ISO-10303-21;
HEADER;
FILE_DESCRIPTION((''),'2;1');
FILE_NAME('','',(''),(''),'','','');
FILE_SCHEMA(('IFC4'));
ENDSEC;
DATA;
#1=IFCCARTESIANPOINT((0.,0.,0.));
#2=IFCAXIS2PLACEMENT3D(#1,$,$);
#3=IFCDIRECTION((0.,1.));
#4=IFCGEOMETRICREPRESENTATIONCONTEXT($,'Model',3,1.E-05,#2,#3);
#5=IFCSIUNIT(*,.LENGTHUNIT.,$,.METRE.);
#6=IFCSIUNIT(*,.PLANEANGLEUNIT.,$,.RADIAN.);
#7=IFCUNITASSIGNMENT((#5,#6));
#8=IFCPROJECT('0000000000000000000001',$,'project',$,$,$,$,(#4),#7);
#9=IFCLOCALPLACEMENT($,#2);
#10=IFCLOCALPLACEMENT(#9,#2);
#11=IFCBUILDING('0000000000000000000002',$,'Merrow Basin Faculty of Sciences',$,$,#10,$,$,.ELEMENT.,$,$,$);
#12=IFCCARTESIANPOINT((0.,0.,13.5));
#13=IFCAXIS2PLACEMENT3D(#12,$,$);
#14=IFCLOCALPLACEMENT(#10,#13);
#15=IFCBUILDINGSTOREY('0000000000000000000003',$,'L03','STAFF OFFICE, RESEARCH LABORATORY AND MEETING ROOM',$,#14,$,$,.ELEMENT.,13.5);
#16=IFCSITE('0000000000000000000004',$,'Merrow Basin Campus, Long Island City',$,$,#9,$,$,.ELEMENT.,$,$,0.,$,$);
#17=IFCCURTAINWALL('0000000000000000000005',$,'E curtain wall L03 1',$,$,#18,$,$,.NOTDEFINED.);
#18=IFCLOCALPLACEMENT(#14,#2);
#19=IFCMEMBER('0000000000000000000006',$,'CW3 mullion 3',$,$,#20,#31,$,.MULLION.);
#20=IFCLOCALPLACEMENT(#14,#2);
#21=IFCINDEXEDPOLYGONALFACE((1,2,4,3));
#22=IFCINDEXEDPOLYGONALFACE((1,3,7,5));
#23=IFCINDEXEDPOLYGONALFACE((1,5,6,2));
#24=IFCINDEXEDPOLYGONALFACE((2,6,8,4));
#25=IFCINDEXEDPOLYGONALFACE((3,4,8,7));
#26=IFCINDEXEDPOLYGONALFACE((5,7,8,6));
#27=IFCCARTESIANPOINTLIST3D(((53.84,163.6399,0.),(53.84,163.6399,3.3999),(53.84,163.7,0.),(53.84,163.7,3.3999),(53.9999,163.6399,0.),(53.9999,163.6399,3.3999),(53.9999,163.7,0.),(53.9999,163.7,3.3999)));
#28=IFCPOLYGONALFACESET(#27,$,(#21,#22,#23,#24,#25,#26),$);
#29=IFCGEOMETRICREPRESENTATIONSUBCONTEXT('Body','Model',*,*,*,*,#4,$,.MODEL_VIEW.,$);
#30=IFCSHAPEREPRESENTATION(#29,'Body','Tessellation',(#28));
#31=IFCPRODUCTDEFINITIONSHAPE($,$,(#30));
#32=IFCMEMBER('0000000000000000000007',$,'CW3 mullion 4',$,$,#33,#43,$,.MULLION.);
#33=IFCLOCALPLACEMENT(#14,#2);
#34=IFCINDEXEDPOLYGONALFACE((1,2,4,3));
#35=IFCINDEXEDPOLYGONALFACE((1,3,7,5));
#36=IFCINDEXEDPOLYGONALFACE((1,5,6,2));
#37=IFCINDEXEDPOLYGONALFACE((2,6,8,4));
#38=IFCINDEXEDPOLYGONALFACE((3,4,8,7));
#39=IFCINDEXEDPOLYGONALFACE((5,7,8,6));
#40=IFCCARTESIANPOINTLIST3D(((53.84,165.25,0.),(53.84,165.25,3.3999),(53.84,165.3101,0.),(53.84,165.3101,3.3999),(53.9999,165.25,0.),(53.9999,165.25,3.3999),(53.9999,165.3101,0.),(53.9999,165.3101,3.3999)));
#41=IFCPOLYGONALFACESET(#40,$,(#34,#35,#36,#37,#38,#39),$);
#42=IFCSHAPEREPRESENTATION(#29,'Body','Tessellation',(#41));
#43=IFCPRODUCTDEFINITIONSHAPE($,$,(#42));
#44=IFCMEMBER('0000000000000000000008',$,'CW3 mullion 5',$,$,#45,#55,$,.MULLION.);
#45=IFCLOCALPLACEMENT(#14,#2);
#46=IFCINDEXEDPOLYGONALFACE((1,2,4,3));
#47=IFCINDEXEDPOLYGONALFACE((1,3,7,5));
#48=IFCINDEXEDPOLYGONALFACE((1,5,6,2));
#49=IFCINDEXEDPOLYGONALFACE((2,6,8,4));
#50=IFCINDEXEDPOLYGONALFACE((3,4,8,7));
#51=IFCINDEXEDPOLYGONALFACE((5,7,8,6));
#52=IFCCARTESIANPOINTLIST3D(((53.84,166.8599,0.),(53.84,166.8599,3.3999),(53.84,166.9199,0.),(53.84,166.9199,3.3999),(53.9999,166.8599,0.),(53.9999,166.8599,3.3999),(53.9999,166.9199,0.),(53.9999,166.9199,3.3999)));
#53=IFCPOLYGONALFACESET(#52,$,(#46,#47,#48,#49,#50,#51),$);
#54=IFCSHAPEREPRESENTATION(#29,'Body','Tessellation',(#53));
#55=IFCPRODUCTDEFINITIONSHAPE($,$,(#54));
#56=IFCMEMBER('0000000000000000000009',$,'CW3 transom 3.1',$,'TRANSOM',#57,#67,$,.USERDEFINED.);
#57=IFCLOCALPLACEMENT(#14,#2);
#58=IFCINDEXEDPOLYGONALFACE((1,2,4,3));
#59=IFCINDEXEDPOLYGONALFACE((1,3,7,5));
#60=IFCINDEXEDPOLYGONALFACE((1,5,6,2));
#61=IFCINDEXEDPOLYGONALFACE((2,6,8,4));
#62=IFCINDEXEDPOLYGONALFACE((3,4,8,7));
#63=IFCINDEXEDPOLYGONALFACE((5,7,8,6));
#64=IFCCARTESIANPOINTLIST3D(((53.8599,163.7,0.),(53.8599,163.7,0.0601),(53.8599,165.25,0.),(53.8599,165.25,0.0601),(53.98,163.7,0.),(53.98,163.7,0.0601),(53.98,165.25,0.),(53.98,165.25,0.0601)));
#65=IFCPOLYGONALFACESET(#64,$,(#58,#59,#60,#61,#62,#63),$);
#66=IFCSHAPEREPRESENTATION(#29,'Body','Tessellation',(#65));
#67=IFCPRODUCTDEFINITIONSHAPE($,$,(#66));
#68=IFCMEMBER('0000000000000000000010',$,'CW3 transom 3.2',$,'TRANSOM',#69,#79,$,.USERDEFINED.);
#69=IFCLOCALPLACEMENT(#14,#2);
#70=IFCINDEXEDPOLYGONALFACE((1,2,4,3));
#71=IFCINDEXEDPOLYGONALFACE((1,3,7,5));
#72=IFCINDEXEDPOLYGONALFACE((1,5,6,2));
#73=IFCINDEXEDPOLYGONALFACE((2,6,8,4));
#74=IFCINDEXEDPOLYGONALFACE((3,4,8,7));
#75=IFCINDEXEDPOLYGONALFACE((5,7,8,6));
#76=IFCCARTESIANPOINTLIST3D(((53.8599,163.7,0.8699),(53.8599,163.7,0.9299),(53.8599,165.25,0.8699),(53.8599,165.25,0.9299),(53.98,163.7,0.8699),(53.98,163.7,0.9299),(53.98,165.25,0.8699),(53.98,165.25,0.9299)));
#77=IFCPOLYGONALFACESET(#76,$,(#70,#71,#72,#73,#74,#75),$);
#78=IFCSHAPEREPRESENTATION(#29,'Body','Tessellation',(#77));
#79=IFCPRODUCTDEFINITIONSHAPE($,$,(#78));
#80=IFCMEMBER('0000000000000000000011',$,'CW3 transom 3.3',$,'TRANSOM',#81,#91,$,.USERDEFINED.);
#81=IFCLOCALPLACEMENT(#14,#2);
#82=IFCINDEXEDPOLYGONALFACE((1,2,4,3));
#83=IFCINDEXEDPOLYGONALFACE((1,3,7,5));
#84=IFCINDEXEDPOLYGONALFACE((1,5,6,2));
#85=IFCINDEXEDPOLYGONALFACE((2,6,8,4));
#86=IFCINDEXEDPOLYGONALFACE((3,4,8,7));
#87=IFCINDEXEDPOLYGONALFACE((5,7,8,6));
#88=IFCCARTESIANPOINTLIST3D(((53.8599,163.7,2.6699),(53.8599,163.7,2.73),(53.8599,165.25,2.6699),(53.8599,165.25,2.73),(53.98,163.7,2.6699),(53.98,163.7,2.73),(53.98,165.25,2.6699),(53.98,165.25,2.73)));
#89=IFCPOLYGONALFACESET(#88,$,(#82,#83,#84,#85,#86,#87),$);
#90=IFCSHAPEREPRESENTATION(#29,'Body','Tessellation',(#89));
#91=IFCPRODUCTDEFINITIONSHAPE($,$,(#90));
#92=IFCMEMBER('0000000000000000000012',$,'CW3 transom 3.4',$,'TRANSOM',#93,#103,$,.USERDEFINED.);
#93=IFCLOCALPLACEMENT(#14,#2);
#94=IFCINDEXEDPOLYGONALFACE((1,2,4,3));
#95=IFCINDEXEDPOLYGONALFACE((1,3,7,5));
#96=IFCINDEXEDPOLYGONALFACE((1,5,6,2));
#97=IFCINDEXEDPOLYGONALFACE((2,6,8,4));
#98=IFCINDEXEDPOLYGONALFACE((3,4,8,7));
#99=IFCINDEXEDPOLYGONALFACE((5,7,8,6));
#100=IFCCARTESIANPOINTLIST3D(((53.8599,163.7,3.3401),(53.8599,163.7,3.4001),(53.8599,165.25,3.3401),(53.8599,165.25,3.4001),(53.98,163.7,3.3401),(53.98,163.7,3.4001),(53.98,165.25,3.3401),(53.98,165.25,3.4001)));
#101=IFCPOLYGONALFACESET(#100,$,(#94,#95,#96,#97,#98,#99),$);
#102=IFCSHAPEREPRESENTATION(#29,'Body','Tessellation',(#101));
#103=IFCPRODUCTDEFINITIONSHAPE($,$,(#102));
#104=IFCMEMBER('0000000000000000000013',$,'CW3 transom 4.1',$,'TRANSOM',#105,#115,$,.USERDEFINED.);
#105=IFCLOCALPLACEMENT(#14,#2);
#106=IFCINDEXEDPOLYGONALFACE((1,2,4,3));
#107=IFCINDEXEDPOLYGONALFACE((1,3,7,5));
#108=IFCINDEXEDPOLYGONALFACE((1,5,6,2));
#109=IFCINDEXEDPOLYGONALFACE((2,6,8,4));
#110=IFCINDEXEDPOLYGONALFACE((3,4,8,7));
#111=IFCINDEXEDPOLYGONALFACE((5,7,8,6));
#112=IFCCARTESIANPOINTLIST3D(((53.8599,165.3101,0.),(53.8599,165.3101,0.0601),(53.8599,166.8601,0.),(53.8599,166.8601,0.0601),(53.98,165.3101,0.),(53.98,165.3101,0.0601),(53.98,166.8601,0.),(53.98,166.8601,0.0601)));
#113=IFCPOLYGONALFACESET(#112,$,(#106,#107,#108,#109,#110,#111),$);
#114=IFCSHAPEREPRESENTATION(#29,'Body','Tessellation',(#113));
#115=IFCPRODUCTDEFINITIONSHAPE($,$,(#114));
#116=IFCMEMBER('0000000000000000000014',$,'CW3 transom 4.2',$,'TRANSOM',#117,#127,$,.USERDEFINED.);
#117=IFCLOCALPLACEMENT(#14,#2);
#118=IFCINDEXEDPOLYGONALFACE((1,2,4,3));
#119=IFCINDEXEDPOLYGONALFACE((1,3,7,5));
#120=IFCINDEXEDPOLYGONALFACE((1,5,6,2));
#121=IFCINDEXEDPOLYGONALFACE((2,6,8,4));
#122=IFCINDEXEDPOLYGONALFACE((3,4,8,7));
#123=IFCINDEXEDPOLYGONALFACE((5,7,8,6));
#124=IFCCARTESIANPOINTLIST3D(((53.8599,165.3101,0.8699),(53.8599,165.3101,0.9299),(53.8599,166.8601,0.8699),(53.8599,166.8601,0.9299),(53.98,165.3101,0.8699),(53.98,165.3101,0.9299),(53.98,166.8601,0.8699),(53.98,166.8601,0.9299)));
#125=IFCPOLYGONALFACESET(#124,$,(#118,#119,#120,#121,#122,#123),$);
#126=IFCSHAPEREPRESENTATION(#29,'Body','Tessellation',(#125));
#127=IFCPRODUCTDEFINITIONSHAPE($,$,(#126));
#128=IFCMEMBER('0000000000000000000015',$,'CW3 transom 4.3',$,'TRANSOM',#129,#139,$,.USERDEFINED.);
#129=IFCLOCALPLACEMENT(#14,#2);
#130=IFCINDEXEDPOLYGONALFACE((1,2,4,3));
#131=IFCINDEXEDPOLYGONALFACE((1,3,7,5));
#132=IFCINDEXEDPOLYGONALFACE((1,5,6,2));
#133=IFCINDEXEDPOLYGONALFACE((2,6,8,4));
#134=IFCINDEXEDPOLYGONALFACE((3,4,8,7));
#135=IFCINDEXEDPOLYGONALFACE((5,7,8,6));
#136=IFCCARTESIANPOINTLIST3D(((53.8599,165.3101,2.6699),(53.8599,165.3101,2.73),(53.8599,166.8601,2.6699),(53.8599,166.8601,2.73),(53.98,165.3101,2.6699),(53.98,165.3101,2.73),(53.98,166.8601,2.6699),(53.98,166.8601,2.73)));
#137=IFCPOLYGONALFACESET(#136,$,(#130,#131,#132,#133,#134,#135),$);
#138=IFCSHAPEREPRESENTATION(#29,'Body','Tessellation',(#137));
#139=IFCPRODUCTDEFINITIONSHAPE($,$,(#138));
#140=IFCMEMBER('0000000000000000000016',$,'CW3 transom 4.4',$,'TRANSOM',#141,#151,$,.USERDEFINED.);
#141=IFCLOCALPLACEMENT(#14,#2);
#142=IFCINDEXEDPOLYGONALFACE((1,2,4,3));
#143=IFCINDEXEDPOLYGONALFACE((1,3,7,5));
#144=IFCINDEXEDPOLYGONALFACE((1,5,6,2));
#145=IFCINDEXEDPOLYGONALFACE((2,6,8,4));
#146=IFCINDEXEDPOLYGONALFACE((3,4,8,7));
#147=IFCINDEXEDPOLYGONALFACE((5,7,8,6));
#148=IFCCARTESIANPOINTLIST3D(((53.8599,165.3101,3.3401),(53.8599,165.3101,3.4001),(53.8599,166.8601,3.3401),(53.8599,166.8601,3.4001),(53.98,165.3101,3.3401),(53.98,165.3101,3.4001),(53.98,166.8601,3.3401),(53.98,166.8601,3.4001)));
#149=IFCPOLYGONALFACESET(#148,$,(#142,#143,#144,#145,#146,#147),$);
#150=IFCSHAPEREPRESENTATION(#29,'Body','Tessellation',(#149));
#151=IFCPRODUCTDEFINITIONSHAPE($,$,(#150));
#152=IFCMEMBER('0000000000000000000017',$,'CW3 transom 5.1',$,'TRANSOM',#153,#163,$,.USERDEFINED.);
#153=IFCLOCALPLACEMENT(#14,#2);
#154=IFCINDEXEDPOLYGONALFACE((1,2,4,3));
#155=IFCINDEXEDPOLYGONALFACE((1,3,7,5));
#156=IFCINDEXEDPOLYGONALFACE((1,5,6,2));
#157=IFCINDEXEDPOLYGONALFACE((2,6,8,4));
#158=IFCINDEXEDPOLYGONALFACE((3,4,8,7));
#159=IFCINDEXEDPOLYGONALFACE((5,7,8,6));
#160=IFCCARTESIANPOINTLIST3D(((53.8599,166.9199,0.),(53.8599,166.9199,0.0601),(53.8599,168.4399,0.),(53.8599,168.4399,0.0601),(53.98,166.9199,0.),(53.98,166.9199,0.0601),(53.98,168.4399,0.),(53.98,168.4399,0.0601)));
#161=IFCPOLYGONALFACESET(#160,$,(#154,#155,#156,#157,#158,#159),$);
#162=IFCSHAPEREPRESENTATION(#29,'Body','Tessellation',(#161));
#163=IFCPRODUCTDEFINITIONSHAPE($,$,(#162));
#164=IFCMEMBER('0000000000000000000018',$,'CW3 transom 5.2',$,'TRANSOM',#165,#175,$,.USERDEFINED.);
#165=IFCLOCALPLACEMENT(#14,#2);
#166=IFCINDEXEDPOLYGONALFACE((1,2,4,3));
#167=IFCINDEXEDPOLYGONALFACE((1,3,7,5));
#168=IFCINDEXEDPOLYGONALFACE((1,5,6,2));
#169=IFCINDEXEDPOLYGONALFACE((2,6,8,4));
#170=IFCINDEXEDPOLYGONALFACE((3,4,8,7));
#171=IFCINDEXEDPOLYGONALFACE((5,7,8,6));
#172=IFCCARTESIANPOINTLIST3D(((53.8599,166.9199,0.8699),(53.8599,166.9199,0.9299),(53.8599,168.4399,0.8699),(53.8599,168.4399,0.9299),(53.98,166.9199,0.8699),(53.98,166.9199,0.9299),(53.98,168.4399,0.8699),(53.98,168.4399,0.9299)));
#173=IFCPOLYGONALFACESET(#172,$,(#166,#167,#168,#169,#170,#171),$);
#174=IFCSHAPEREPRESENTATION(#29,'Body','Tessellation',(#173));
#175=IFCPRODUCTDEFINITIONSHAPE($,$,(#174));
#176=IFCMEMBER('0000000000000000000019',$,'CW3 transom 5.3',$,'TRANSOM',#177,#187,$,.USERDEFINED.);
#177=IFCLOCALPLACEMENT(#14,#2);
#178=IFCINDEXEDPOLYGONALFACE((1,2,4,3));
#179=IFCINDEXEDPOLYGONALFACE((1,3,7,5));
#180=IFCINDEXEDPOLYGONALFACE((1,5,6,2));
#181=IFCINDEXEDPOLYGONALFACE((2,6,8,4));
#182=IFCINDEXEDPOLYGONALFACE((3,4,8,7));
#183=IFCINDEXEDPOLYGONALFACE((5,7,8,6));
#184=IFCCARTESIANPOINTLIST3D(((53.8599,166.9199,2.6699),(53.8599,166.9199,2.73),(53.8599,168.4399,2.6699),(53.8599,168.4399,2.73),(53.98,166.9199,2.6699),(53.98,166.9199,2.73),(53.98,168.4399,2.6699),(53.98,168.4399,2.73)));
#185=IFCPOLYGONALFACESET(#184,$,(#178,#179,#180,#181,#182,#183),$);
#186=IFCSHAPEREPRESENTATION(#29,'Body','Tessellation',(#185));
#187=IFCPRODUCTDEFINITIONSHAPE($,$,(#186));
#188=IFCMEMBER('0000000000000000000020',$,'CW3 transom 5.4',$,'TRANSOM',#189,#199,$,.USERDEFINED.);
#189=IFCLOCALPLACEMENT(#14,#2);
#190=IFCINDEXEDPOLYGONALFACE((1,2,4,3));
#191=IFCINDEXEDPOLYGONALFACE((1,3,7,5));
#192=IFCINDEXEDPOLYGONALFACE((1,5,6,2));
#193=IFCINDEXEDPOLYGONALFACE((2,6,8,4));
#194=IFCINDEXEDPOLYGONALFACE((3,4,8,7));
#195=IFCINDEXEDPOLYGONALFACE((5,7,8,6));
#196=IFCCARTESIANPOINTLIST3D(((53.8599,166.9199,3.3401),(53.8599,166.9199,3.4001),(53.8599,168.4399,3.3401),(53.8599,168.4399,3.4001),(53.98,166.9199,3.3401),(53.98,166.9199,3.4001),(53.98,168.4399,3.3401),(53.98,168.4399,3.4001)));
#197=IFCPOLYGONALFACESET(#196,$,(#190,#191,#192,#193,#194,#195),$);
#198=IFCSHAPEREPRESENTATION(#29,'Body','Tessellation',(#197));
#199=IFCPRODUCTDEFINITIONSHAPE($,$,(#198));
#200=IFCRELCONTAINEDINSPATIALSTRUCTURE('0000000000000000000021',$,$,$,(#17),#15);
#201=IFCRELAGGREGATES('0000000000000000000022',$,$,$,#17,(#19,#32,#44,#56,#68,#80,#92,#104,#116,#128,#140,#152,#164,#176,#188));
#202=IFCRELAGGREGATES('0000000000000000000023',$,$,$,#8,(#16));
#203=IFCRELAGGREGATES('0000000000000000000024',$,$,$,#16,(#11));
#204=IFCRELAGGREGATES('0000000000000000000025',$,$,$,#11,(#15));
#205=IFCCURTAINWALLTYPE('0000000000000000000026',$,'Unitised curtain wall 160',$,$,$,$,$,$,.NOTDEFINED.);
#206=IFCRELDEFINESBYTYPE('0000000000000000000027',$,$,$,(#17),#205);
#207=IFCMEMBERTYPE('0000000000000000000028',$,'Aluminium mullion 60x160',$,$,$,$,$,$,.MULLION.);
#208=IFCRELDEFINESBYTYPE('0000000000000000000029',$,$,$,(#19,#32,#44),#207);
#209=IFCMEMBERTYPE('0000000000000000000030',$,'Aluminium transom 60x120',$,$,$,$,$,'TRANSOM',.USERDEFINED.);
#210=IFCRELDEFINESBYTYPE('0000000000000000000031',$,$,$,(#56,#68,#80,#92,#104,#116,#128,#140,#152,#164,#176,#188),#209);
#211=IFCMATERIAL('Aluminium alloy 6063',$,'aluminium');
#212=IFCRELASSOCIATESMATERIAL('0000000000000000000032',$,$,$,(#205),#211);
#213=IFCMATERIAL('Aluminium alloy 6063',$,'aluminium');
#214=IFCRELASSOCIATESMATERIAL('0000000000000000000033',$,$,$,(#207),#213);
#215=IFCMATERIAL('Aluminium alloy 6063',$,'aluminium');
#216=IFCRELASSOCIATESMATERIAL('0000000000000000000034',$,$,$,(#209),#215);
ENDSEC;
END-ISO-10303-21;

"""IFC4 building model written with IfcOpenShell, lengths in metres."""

from ifc_helpers import new_model, si_unit, direction, frame, origin, origin_2d, place, context, subcontext, project, spatial, rectangle, extrude, material, material_profile, profile_set, type_object, element, aggregate, save


model = new_model("IFC4")

# Units and contexts
model_context = context("Model", 3, precision=1e-05, world=origin(), true_north=direction((0.0, 1.0)))
body_context = subcontext(model_context, "Body", "Model", "MODEL_VIEW")
ifc_project = project(units=[si_unit("LENGTHUNIT", "METRE"), si_unit("PLANEANGLEUNIT", "RADIAN")], contexts=[model_context])

# Site, building, storey
site_placement = place(None, origin())
site = spatial("IfcSite", under=ifc_project, at=site_placement, Name="Merrow Basin Campus, Long Island City", CompositionType="ELEMENT", RefElevation=0.0)
building_placement = place(site_placement, origin())
building = spatial("IfcBuilding", under=site, at=building_placement, Name="Merrow Basin Faculty of Sciences", CompositionType="ELEMENT")
storey_placement = place(building_placement, frame((0.0, 0.0, 13.5)))
storey = spatial("IfcBuildingStorey", under=building, at=storey_placement, Name="L03", Description="STAFF OFFICE, RESEARCH LABORATORY AND MEETING ROOM", CompositionType="ELEMENT", Elevation=13.5)

# Curtain wall, members
ifc_material_1 = material(Name="Aluminium alloy 6063", Category="aluminium")
curtain_wall_type = type_object("IfcCurtainWallType", Name="Unitised curtain wall 160", PredefinedType="NOTDEFINED", material=ifc_material_1)
curtain_wall_placement = place(storey_placement, origin())
curtain_wall = element("IfcCurtainWall", 1, at=curtain_wall_placement, inside=storey, type_object=curtain_wall_type, Name="E curtain wall L03 1", PredefinedType="NOTDEFINED")
ifc_material_2 = material(Name="Aluminium alloy 6063", Category="aluminium")
ifc_material_profile_1 = material_profile(ifc_material_2, rectangle(XDim=0.1599, YDim=0.0601, at=origin_2d()))
ifc_profile_set_1 = profile_set([ifc_material_profile_1], Name="Aluminium alloy 6063")
member_type_1 = type_object("IfcMemberType", Name="Aluminium mullion 60x160", PredefinedType="MULLION", material=ifc_profile_set_1)
member_1_placement = place(storey_placement, frame((53.9199, 163.6699, 0.0), z_axis=(0.0, 0.0, 1.0), x_axis=(-1.0, 0.0, 0.0)))
member_1 = element("IfcMember", 2, at=member_1_placement, type_object=member_type_1, Name="CW3 mullion 3", PredefinedType="MULLION", context=body_context, shape_type="SweptSolid", body=[
    extrude(rectangle(XDim=0.1599, YDim=0.0601, at=origin_2d()), origin(), (0.0, 0.0, 1.0), 3.3999),
])
member_2_placement = place(storey_placement, frame((53.9199, 165.28, 0.0), z_axis=(0.0, 0.0, 1.0), x_axis=(-1.0, 0.0, 0.0)))
member_2 = element("IfcMember", 3, at=member_2_placement, type_object=member_type_1, Name="CW3 mullion 4", PredefinedType="MULLION", context=body_context, shape_type="SweptSolid", body=[
    extrude(rectangle(XDim=0.1599, YDim=0.0601, at=origin_2d()), origin(), (0.0, 0.0, 1.0), 3.3999),
])
member_3_placement = place(storey_placement, frame((53.9199, 166.8899, 0.0), z_axis=(0.0, 0.0, 1.0), x_axis=(-1.0, 0.0, 0.0)))
member_3 = element("IfcMember", 4, at=member_3_placement, type_object=member_type_1, Name="CW3 mullion 5", PredefinedType="MULLION", context=body_context, shape_type="SweptSolid", body=[
    extrude(rectangle(XDim=0.1599, YDim=0.0601, at=origin_2d()), origin(), (0.0, 0.0, 1.0), 3.3999),
])
ifc_material_3 = material(Name="Aluminium alloy 6063", Category="aluminium")
ifc_material_profile_2 = material_profile(ifc_material_3, rectangle(XDim=0.1201, YDim=0.0601, at=origin_2d()))
ifc_profile_set_2 = profile_set([ifc_material_profile_2], Name="Aluminium alloy 6063")
member_type_2 = type_object("IfcMemberType", Name="Aluminium transom 60x120", ElementType="TRANSOM", PredefinedType="USERDEFINED", material=ifc_profile_set_2)
member_4_placement = place(storey_placement, frame((53.9199, 163.7, 0.03), z_axis=(0.0, 1.0, 0.0), x_axis=(-1.0, 0.0, 0.0)))
member_4 = element("IfcMember", 5, at=member_4_placement, type_object=member_type_2, Name="CW3 transom 3.1", ObjectType="TRANSOM", PredefinedType="USERDEFINED", context=body_context, shape_type="SweptSolid", body=[
    extrude(rectangle(XDim=0.1201, YDim=0.0601, at=origin_2d()), origin(), (0.0, 0.0, 1.0), 1.55),
])
member_5_placement = place(storey_placement, frame((53.9199, 163.7, 0.8999), z_axis=(0.0, 1.0, 0.0), x_axis=(-1.0, 0.0, 0.0)))
member_5 = element("IfcMember", 6, at=member_5_placement, type_object=member_type_2, Name="CW3 transom 3.2", ObjectType="TRANSOM", PredefinedType="USERDEFINED", context=body_context, shape_type="SweptSolid", body=[
    extrude(rectangle(XDim=0.1201, YDim=0.0601, at=origin_2d()), origin(), (0.0, 0.0, 1.0), 1.55),
])
member_6_placement = place(storey_placement, frame((53.9199, 163.7, 2.7), z_axis=(0.0, 1.0, 0.0), x_axis=(-1.0, 0.0, 0.0)))
member_6 = element("IfcMember", 7, at=member_6_placement, type_object=member_type_2, Name="CW3 transom 3.3", ObjectType="TRANSOM", PredefinedType="USERDEFINED", context=body_context, shape_type="SweptSolid", body=[
    extrude(rectangle(XDim=0.1201, YDim=0.0601, at=origin_2d()), origin(), (0.0, 0.0, 1.0), 1.55),
])
member_7_placement = place(storey_placement, frame((53.9199, 163.7, 3.3701), z_axis=(0.0, 1.0, 0.0), x_axis=(-1.0, 0.0, 0.0)))
member_7 = element("IfcMember", 8, at=member_7_placement, type_object=member_type_2, Name="CW3 transom 3.4", ObjectType="TRANSOM", PredefinedType="USERDEFINED", context=body_context, shape_type="SweptSolid", body=[
    extrude(rectangle(XDim=0.1201, YDim=0.0601, at=origin_2d()), origin(), (0.0, 0.0, 1.0), 1.55),
])
member_8_placement = place(storey_placement, frame((53.9199, 165.3101, 0.03), z_axis=(0.0, 1.0, 0.0), x_axis=(-1.0, 0.0, 0.0)))
member_8 = element("IfcMember", 9, at=member_8_placement, type_object=member_type_2, Name="CW3 transom 4.1", ObjectType="TRANSOM", PredefinedType="USERDEFINED", context=body_context, shape_type="SweptSolid", body=[
    extrude(rectangle(XDim=0.1201, YDim=0.0601, at=origin_2d()), origin(), (0.0, 0.0, 1.0), 1.55),
])
member_9_placement = place(storey_placement, frame((53.9199, 165.3101, 0.8999), z_axis=(0.0, 1.0, 0.0), x_axis=(-1.0, 0.0, 0.0)))
member_9 = element("IfcMember", 10, at=member_9_placement, type_object=member_type_2, Name="CW3 transom 4.2", ObjectType="TRANSOM", PredefinedType="USERDEFINED", context=body_context, shape_type="SweptSolid", body=[
    extrude(rectangle(XDim=0.1201, YDim=0.0601, at=origin_2d()), origin(), (0.0, 0.0, 1.0), 1.55),
])
member_10_placement = place(storey_placement, frame((53.9199, 165.3101, 2.7), z_axis=(0.0, 1.0, 0.0), x_axis=(-1.0, 0.0, 0.0)))
member_10 = element("IfcMember", 11, at=member_10_placement, type_object=member_type_2, Name="CW3 transom 4.3", ObjectType="TRANSOM", PredefinedType="USERDEFINED", context=body_context, shape_type="SweptSolid", body=[
    extrude(rectangle(XDim=0.1201, YDim=0.0601, at=origin_2d()), origin(), (0.0, 0.0, 1.0), 1.55),
])
member_11_placement = place(storey_placement, frame((53.9199, 165.3101, 3.3701), z_axis=(0.0, 1.0, 0.0), x_axis=(-1.0, 0.0, 0.0)))
member_11 = element("IfcMember", 12, at=member_11_placement, type_object=member_type_2, Name="CW3 transom 4.4", ObjectType="TRANSOM", PredefinedType="USERDEFINED", context=body_context, shape_type="SweptSolid", body=[
    extrude(rectangle(XDim=0.1201, YDim=0.0601, at=origin_2d()), origin(), (0.0, 0.0, 1.0), 1.55),
])
member_12_placement = place(storey_placement, frame((53.9199, 166.9199, 0.03), z_axis=(0.0, 1.0, 0.0), x_axis=(-1.0, 0.0, 0.0)))
member_12 = element("IfcMember", 13, at=member_12_placement, type_object=member_type_2, Name="CW3 transom 5.1", ObjectType="TRANSOM", PredefinedType="USERDEFINED", context=body_context, shape_type="SweptSolid", body=[
    extrude(rectangle(XDim=0.1201, YDim=0.0601, at=origin_2d()), origin(), (0.0, 0.0, 1.0), 1.52),
])
member_13_placement = place(storey_placement, frame((53.9199, 166.9199, 0.8999), z_axis=(0.0, 1.0, 0.0), x_axis=(-1.0, 0.0, 0.0)))
member_13 = element("IfcMember", 14, at=member_13_placement, type_object=member_type_2, Name="CW3 transom 5.2", ObjectType="TRANSOM", PredefinedType="USERDEFINED", context=body_context, shape_type="SweptSolid", body=[
    extrude(rectangle(XDim=0.1201, YDim=0.0601, at=origin_2d()), origin(), (0.0, 0.0, 1.0), 1.52),
])
member_14_placement = place(storey_placement, frame((53.9199, 166.9199, 2.7), z_axis=(0.0, 1.0, 0.0), x_axis=(-1.0, 0.0, 0.0)))
member_14 = element("IfcMember", 15, at=member_14_placement, type_object=member_type_2, Name="CW3 transom 5.3", ObjectType="TRANSOM", PredefinedType="USERDEFINED", context=body_context, shape_type="SweptSolid", body=[
    extrude(rectangle(XDim=0.1201, YDim=0.0601, at=origin_2d()), origin(), (0.0, 0.0, 1.0), 1.52),
])
member_15_placement = place(storey_placement, frame((53.9199, 166.9199, 3.3701), z_axis=(0.0, 1.0, 0.0), x_axis=(-1.0, 0.0, 0.0)))
member_15 = element("IfcMember", 16, at=member_15_placement, type_object=member_type_2, Name="CW3 transom 5.4", ObjectType="TRANSOM", PredefinedType="USERDEFINED", context=body_context, shape_type="SweptSolid", body=[
    extrude(rectangle(XDim=0.1201, YDim=0.0601, at=origin_2d()), origin(), (0.0, 0.0, 1.0), 1.52),
])
aggregate(curtain_wall, [member_1, member_2, member_3, member_4, member_5, member_6, member_7, member_8, member_9, member_10, member_11, member_12, member_13, member_14, member_15])

save(model, "model.ifc")
